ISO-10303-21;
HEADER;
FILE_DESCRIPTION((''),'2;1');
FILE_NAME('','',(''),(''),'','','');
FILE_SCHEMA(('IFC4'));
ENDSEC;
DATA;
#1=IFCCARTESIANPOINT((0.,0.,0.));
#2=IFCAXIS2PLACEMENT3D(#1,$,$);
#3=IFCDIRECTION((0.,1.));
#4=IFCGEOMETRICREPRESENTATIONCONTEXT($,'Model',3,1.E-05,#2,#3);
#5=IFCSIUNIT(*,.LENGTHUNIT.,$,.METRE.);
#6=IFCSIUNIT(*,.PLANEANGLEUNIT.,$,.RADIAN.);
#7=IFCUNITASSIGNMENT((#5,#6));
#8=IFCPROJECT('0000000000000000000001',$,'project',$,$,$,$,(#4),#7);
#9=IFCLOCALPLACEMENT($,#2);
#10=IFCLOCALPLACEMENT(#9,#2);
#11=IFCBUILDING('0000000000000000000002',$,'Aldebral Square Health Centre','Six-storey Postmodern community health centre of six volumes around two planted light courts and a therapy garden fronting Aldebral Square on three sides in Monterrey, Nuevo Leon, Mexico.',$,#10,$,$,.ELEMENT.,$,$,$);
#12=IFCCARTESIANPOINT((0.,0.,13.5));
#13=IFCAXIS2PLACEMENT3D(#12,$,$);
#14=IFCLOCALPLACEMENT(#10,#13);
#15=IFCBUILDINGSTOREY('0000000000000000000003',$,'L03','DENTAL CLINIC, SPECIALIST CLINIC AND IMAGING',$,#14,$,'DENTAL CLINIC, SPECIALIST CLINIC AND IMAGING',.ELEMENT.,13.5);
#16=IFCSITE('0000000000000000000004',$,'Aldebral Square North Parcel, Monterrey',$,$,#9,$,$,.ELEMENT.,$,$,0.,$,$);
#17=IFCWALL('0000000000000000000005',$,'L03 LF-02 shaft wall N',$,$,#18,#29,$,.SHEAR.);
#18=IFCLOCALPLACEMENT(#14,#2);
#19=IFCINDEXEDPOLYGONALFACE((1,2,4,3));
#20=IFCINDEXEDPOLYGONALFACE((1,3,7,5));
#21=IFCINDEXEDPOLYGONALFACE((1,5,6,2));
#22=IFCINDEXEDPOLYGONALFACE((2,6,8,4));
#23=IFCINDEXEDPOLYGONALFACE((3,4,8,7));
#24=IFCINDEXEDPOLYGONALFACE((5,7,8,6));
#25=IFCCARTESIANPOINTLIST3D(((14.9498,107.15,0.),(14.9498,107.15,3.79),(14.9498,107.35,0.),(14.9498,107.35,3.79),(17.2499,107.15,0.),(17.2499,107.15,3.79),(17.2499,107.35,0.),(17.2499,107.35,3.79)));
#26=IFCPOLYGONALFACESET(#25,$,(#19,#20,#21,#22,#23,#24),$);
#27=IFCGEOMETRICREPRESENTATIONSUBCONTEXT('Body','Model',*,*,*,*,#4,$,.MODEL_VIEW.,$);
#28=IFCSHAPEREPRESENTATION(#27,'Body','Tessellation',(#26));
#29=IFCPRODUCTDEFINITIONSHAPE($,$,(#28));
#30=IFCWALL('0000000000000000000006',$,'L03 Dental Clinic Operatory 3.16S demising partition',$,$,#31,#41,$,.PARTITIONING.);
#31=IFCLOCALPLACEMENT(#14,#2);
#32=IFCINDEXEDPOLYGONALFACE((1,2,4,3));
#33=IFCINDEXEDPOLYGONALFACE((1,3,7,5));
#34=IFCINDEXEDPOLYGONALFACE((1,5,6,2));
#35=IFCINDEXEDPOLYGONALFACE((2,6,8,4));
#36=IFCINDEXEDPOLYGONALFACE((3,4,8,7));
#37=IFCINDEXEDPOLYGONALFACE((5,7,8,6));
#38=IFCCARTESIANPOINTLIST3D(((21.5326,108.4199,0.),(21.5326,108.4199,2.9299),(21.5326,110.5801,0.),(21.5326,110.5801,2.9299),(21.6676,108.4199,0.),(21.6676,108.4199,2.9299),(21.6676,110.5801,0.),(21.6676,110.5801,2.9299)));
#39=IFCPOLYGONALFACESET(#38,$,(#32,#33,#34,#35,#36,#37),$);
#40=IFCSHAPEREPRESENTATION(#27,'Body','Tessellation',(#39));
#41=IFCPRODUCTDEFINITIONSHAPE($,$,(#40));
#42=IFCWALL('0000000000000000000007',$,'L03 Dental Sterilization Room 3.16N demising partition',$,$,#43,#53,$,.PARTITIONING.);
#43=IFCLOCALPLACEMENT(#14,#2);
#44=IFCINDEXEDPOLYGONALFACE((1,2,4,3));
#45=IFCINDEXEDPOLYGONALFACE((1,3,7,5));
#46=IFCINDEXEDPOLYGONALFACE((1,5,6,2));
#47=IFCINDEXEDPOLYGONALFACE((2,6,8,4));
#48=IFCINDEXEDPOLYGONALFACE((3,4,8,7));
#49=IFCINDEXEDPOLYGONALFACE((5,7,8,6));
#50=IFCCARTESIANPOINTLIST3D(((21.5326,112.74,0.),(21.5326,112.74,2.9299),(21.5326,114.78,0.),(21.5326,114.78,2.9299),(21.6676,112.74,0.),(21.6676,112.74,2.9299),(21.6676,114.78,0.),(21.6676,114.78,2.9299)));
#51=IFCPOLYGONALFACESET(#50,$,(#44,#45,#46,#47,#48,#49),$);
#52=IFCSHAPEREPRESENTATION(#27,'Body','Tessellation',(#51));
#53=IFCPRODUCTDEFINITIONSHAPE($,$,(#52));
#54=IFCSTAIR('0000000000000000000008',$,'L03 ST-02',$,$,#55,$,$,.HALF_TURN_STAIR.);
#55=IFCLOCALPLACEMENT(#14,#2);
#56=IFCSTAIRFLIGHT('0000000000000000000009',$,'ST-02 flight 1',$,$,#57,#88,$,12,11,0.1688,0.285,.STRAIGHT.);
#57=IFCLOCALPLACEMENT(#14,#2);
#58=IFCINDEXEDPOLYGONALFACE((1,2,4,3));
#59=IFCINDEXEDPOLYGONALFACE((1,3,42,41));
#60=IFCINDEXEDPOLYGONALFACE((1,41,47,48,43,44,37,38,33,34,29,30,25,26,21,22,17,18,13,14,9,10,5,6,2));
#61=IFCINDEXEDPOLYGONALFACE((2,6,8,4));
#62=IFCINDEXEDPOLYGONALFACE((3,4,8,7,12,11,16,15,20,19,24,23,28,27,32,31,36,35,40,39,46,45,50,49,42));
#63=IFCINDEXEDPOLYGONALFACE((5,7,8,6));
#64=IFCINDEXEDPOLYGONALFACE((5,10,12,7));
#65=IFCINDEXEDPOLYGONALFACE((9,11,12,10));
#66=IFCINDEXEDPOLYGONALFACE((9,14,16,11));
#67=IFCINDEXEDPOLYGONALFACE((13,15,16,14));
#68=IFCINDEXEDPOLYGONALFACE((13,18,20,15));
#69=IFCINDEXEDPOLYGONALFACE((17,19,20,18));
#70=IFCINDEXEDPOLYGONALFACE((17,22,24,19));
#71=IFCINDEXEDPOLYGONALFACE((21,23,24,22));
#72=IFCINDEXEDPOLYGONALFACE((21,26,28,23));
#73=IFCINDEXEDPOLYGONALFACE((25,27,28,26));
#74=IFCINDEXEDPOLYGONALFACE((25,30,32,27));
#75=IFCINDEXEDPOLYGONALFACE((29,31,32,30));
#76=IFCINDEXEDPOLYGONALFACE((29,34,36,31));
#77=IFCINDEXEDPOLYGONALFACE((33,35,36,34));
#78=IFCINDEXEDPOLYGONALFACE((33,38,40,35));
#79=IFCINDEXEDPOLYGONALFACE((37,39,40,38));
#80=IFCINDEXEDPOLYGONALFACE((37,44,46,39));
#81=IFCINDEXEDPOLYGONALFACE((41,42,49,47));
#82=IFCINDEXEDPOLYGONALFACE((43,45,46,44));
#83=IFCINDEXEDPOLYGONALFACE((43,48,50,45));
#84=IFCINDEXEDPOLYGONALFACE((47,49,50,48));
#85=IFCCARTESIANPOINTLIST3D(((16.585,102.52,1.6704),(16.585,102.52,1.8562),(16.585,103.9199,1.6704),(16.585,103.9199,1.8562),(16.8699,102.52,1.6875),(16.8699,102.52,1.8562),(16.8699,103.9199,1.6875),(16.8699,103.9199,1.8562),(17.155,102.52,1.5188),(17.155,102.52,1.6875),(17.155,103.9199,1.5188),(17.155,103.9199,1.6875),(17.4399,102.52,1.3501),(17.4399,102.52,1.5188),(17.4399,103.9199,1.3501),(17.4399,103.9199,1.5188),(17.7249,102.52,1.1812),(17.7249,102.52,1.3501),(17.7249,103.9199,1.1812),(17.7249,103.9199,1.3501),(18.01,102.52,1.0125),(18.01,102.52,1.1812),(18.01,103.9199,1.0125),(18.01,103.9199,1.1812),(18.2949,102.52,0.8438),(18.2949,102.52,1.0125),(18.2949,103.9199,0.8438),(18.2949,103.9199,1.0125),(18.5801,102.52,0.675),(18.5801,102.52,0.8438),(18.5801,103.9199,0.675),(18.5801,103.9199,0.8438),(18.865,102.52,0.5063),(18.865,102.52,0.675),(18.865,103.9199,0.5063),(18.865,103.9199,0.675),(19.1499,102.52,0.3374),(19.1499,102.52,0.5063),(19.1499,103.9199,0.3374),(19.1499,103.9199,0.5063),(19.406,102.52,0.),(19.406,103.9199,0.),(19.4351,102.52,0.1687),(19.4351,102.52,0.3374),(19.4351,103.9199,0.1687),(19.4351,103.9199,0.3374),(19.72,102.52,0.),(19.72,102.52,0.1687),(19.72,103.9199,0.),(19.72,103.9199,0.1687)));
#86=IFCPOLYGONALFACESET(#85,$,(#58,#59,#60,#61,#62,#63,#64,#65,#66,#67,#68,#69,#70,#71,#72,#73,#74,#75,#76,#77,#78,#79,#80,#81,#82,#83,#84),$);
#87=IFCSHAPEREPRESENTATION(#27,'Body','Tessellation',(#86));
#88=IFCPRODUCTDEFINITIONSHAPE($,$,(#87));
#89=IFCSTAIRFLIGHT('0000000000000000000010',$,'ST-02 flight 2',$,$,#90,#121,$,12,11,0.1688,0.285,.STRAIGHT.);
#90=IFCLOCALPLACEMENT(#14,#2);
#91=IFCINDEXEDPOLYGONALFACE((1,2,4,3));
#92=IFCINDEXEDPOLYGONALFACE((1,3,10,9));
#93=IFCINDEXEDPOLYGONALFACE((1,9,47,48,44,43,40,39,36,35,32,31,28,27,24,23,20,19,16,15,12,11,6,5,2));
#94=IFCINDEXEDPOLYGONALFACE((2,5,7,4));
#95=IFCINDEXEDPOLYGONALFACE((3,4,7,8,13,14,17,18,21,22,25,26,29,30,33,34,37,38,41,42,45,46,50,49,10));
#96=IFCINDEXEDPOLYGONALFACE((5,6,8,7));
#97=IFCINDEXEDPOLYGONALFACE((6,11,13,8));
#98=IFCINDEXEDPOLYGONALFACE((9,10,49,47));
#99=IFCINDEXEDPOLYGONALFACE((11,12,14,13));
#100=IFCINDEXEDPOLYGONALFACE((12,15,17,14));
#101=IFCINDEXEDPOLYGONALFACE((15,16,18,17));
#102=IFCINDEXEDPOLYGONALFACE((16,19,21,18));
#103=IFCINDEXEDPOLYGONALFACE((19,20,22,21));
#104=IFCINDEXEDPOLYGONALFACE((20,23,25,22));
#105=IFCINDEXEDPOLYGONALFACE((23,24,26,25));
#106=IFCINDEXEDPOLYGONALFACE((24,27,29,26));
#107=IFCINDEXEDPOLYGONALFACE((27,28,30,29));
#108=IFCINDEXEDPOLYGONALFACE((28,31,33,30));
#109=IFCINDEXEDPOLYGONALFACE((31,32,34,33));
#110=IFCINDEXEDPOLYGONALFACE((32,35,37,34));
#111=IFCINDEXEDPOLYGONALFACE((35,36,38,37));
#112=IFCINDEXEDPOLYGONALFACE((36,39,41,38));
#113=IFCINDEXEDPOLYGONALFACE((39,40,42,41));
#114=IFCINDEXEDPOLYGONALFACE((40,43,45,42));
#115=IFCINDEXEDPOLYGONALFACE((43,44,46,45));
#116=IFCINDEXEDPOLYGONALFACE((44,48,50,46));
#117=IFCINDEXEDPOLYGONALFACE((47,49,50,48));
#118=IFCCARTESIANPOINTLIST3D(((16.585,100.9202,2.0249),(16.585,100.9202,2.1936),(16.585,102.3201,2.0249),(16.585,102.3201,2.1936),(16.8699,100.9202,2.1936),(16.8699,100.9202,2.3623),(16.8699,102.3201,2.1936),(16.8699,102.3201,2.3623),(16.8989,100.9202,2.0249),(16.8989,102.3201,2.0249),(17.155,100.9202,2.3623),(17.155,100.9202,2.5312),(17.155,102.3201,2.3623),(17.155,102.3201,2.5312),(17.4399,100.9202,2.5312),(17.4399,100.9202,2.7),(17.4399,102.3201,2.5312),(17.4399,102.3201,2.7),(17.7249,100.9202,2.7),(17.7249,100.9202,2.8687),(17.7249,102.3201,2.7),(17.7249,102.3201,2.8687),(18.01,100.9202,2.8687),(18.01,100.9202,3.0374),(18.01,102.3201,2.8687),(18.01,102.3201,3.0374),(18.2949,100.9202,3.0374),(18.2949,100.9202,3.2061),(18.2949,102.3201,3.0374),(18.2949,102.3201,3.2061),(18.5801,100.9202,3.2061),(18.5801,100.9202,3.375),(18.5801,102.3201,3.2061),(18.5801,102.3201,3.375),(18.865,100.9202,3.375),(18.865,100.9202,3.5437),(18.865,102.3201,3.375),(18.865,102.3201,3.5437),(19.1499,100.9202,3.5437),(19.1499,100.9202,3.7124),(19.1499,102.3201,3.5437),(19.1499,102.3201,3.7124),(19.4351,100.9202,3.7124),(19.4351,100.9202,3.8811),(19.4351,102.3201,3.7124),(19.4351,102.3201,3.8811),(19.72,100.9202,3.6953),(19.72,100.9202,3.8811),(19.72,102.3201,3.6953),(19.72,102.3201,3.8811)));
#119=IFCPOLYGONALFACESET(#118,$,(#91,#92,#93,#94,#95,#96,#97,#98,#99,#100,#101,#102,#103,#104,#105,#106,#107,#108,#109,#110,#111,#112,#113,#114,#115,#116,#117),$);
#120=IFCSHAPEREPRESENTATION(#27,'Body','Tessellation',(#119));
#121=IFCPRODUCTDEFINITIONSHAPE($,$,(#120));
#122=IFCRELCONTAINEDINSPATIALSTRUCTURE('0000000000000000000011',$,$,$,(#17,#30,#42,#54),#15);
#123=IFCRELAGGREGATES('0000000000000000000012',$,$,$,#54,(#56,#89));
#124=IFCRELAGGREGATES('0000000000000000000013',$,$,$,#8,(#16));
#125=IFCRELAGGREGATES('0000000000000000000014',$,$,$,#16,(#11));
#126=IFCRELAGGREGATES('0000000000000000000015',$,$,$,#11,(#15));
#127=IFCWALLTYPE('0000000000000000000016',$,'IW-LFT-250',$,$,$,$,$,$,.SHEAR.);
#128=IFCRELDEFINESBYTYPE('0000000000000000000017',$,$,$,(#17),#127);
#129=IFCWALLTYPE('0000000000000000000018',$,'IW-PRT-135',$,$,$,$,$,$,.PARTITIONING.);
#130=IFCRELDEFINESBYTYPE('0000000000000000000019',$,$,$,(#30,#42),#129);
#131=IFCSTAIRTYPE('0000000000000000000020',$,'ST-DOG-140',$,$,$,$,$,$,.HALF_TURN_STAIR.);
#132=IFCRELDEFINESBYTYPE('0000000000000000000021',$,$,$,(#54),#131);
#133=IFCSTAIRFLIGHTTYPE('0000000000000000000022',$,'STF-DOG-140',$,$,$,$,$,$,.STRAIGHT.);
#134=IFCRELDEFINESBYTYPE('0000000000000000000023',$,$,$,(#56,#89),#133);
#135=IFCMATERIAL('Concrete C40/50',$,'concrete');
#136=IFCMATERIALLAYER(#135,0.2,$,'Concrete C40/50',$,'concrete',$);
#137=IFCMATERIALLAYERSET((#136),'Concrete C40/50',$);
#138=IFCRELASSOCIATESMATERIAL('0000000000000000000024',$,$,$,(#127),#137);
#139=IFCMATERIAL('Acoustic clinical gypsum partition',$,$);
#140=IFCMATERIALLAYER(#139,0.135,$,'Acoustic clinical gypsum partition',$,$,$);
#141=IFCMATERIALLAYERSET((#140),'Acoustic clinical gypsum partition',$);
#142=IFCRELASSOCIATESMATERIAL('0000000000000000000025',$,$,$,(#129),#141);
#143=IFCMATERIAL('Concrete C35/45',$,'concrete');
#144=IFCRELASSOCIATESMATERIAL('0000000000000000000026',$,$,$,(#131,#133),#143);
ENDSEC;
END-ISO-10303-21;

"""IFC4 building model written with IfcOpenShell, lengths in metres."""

from ifc_helpers import new_model, si_unit, direction, frame, frame_2d, origin, place, context, subcontext, project, spatial, polyline, rectangle, outline, extrude, material, layer, layer_set, type_object, element, aggregate, save


model = new_model("IFC4")

# Units and contexts
model_context = context("Model", 3, precision=1e-05, world=origin(), true_north=direction((0.0, 1.0)))
body_context = subcontext(model_context, "Body", "Model", "MODEL_VIEW")
ifc_project = project(units=[si_unit("LENGTHUNIT", "METRE"), si_unit("PLANEANGLEUNIT", "RADIAN")], contexts=[model_context])

# Site, building, storey
site_placement = place(None, origin())
site = spatial("IfcSite", under=ifc_project, at=site_placement, Name="Aldebral Square North Parcel, Monterrey", CompositionType="ELEMENT", RefElevation=0.0)
building_placement = place(site_placement, origin())
building = spatial("IfcBuilding", under=site, at=building_placement, Name="Aldebral Square Health Centre", Description="Six-storey Postmodern community health centre of six volumes around two planted light courts and a therapy garden fronting Aldebral Square on three sides in Monterrey, Nuevo Leon, Mexico.", CompositionType="ELEMENT")
storey_placement = place(building_placement, frame((0.0, 0.0, 13.5)))
storey = spatial("IfcBuildingStorey", under=building, at=storey_placement, Name="L03", Description="DENTAL CLINIC, SPECIALIST CLINIC AND IMAGING", LongName="DENTAL CLINIC, SPECIALIST CLINIC AND IMAGING", CompositionType="ELEMENT", Elevation=13.5)

# Shared definitions
ifc_material_1 = material(Name="Concrete C40/50", Category="concrete")

# Wall
ifc_layer_1 = layer(ifc_material_1, 0.2, Name="Concrete C40/50", Category="concrete")
ifc_layer_set_1 = layer_set([ifc_layer_1], Name="Concrete C40/50")
wall_type_1 = type_object("IfcWallType", Name="IW-LFT-250", PredefinedType="SHEAR", material=ifc_layer_set_1)
wall_1_placement = place(storey_placement, frame((14.95, 107.25, 0.0), z_axis=(0.0, 0.0, 1.0), x_axis=(1.0, 0.0, 0.0)))
element("IfcWall", 1, at=wall_1_placement, inside=storey, type_object=wall_type_1, Name="L03 LF-02 shaft wall N", PredefinedType="SHEAR", context=body_context, shape_type="SweptSolid", body=[
    extrude(rectangle(XDim=2.3, YDim=0.2, at=frame_2d((1.1499, 0.0))), origin(), (0.0, 0.0, 1.0), 3.79),
])

# Walls
ifc_material_2 = material(Name="Acoustic clinical gypsum partition")
ifc_layer_2 = layer(ifc_material_2, 0.135, Name="Acoustic clinical gypsum partition")
ifc_layer_set_2 = layer_set([ifc_layer_2], Name="Acoustic clinical gypsum partition")
wall_type_2 = type_object("IfcWallType", Name="IW-PRT-135", PredefinedType="PARTITIONING", material=ifc_layer_set_2)
wall_2_placement = place(storey_placement, frame((21.6001, 108.4199, 0.0), z_axis=(0.0, 0.0, 1.0), x_axis=(0.0, 1.0, 0.0)))
element("IfcWall", 2, at=wall_2_placement, inside=storey, type_object=wall_type_2, Name="L03 Dental Clinic Operatory 3.16S demising partition", PredefinedType="PARTITIONING", context=body_context, shape_type="SweptSolid", body=[
    extrude(rectangle(XDim=2.1602, YDim=0.135, at=frame_2d((1.0801, 0.0))), origin(), (0.0, 0.0, 1.0), 2.9299),
])
wall_3_placement = place(storey_placement, frame((21.6001, 112.74, 0.0), z_axis=(0.0, 0.0, 1.0), x_axis=(0.0, 1.0, 0.0)))
element("IfcWall", 3, at=wall_3_placement, inside=storey, type_object=wall_type_2, Name="L03 Dental Sterilization Room 3.16N demising partition", PredefinedType="PARTITIONING", context=body_context, shape_type="SweptSolid", body=[
    extrude(rectangle(XDim=2.04, YDim=0.135, at=frame_2d((1.02, 0.0))), origin(), (0.0, 0.0, 1.0), 2.9299),
])

# Stair, stair flights
ifc_material_3 = material(Name="Concrete C35/45", Category="concrete")
stair_type = type_object("IfcStairType", Name="ST-DOG-140", PredefinedType="HALF_TURN_STAIR", material=ifc_material_3)
stair_placement = place(storey_placement, origin())
stair = element("IfcStair", 4, at=stair_placement, inside=storey, type_object=stair_type, Name="L03 ST-02", PredefinedType="HALF_TURN_STAIR")
stair_flight_type = type_object("IfcStairFlightType", Name="STF-DOG-140", PredefinedType="STRAIGHT", material=ifc_material_3)
stair_flight_1_placement = place(storey_placement, frame((19.72, 103.22, 0.0), z_axis=(0.0, 0.0, 1.0), x_axis=(-1.0, 0.0, 0.0)))
stair_flight_1 = element("IfcStairFlight", 5, at=stair_flight_1_placement, type_object=stair_flight_type, Name="ST-02 flight 1", NumberOfRisers=12, NumberOfTreads=11, PredefinedType="STRAIGHT", RiserHeight=0.1688, TreadLength=0.285, context=body_context, shape_type="SweptSolid", body=[
    extrude(outline(polyline([(0.0, 0.0), (0.0, 0.1687), (0.2849, 0.1687), (0.2849, 0.3374), (0.5701, 0.3374), (0.5701, 0.5063), (0.855, 0.5063), (0.855, 0.675), (1.1399, 0.675), (1.1399, 0.8438), (1.425, 0.8438), (1.425, 1.0125), (1.71, 1.0125), (1.71, 1.1812), (1.9951, 1.1812), (1.9951, 1.3501), (2.28, 1.3501), (2.28, 1.5188), (2.5649, 1.5188), (2.5649, 1.6875), (2.8501, 1.6875), (2.8501, 1.8562), (3.135, 1.8562), (3.135, 2.0249), (3.135, 1.6704), (0.314, 0.0), (0.0, 0.0)])), frame((0.0, 0.7, 0.0), z_axis=(0.0, -1.0, 0.0), x_axis=(1.0, 0.0, 0.0)), (0.0, 0.0, 1.0), 1.3999),
])
stair_flight_2_placement = place(storey_placement, frame((16.585, 101.6201, 2.0249), z_axis=(0.0, 0.0, 1.0), x_axis=(1.0, 0.0, 0.0)))
stair_flight_2 = element("IfcStairFlight", 6, at=stair_flight_2_placement, type_object=stair_flight_type, Name="ST-02 flight 2", NumberOfRisers=12, NumberOfTreads=11, PredefinedType="STRAIGHT", RiserHeight=0.1688, TreadLength=0.285, context=body_context, shape_type="SweptSolid", body=[
    extrude(outline(polyline([(0.0, 0.0), (0.0, 0.1687), (0.2849, 0.1687), (0.2849, 0.3374), (0.5701, 0.3374), (0.5701, 0.5063), (0.855, 0.5063), (0.855, 0.675), (1.1399, 0.675), (1.1399, 0.8438), (1.425, 0.8438), (1.425, 1.0125), (1.71, 1.0125), (1.71, 1.1812), (1.9951, 1.1812), (1.9951, 1.3501), (2.28, 1.3501), (2.28, 1.5188), (2.5649, 1.5188), (2.5649, 1.6875), (2.8501, 1.6875), (2.8501, 1.8562), (3.135, 1.8562), (3.135, 2.0249), (3.135, 1.6704), (0.314, 0.0), (0.0, 0.0)])), frame((0.0, 0.7, 0.0), z_axis=(0.0, -1.0, 0.0), x_axis=(1.0, 0.0, 0.0)), (0.0, 0.0, 1.0), 1.3999),
])
aggregate(stair, [stair_flight_1, stair_flight_2])

save(model, "model.ifc")
